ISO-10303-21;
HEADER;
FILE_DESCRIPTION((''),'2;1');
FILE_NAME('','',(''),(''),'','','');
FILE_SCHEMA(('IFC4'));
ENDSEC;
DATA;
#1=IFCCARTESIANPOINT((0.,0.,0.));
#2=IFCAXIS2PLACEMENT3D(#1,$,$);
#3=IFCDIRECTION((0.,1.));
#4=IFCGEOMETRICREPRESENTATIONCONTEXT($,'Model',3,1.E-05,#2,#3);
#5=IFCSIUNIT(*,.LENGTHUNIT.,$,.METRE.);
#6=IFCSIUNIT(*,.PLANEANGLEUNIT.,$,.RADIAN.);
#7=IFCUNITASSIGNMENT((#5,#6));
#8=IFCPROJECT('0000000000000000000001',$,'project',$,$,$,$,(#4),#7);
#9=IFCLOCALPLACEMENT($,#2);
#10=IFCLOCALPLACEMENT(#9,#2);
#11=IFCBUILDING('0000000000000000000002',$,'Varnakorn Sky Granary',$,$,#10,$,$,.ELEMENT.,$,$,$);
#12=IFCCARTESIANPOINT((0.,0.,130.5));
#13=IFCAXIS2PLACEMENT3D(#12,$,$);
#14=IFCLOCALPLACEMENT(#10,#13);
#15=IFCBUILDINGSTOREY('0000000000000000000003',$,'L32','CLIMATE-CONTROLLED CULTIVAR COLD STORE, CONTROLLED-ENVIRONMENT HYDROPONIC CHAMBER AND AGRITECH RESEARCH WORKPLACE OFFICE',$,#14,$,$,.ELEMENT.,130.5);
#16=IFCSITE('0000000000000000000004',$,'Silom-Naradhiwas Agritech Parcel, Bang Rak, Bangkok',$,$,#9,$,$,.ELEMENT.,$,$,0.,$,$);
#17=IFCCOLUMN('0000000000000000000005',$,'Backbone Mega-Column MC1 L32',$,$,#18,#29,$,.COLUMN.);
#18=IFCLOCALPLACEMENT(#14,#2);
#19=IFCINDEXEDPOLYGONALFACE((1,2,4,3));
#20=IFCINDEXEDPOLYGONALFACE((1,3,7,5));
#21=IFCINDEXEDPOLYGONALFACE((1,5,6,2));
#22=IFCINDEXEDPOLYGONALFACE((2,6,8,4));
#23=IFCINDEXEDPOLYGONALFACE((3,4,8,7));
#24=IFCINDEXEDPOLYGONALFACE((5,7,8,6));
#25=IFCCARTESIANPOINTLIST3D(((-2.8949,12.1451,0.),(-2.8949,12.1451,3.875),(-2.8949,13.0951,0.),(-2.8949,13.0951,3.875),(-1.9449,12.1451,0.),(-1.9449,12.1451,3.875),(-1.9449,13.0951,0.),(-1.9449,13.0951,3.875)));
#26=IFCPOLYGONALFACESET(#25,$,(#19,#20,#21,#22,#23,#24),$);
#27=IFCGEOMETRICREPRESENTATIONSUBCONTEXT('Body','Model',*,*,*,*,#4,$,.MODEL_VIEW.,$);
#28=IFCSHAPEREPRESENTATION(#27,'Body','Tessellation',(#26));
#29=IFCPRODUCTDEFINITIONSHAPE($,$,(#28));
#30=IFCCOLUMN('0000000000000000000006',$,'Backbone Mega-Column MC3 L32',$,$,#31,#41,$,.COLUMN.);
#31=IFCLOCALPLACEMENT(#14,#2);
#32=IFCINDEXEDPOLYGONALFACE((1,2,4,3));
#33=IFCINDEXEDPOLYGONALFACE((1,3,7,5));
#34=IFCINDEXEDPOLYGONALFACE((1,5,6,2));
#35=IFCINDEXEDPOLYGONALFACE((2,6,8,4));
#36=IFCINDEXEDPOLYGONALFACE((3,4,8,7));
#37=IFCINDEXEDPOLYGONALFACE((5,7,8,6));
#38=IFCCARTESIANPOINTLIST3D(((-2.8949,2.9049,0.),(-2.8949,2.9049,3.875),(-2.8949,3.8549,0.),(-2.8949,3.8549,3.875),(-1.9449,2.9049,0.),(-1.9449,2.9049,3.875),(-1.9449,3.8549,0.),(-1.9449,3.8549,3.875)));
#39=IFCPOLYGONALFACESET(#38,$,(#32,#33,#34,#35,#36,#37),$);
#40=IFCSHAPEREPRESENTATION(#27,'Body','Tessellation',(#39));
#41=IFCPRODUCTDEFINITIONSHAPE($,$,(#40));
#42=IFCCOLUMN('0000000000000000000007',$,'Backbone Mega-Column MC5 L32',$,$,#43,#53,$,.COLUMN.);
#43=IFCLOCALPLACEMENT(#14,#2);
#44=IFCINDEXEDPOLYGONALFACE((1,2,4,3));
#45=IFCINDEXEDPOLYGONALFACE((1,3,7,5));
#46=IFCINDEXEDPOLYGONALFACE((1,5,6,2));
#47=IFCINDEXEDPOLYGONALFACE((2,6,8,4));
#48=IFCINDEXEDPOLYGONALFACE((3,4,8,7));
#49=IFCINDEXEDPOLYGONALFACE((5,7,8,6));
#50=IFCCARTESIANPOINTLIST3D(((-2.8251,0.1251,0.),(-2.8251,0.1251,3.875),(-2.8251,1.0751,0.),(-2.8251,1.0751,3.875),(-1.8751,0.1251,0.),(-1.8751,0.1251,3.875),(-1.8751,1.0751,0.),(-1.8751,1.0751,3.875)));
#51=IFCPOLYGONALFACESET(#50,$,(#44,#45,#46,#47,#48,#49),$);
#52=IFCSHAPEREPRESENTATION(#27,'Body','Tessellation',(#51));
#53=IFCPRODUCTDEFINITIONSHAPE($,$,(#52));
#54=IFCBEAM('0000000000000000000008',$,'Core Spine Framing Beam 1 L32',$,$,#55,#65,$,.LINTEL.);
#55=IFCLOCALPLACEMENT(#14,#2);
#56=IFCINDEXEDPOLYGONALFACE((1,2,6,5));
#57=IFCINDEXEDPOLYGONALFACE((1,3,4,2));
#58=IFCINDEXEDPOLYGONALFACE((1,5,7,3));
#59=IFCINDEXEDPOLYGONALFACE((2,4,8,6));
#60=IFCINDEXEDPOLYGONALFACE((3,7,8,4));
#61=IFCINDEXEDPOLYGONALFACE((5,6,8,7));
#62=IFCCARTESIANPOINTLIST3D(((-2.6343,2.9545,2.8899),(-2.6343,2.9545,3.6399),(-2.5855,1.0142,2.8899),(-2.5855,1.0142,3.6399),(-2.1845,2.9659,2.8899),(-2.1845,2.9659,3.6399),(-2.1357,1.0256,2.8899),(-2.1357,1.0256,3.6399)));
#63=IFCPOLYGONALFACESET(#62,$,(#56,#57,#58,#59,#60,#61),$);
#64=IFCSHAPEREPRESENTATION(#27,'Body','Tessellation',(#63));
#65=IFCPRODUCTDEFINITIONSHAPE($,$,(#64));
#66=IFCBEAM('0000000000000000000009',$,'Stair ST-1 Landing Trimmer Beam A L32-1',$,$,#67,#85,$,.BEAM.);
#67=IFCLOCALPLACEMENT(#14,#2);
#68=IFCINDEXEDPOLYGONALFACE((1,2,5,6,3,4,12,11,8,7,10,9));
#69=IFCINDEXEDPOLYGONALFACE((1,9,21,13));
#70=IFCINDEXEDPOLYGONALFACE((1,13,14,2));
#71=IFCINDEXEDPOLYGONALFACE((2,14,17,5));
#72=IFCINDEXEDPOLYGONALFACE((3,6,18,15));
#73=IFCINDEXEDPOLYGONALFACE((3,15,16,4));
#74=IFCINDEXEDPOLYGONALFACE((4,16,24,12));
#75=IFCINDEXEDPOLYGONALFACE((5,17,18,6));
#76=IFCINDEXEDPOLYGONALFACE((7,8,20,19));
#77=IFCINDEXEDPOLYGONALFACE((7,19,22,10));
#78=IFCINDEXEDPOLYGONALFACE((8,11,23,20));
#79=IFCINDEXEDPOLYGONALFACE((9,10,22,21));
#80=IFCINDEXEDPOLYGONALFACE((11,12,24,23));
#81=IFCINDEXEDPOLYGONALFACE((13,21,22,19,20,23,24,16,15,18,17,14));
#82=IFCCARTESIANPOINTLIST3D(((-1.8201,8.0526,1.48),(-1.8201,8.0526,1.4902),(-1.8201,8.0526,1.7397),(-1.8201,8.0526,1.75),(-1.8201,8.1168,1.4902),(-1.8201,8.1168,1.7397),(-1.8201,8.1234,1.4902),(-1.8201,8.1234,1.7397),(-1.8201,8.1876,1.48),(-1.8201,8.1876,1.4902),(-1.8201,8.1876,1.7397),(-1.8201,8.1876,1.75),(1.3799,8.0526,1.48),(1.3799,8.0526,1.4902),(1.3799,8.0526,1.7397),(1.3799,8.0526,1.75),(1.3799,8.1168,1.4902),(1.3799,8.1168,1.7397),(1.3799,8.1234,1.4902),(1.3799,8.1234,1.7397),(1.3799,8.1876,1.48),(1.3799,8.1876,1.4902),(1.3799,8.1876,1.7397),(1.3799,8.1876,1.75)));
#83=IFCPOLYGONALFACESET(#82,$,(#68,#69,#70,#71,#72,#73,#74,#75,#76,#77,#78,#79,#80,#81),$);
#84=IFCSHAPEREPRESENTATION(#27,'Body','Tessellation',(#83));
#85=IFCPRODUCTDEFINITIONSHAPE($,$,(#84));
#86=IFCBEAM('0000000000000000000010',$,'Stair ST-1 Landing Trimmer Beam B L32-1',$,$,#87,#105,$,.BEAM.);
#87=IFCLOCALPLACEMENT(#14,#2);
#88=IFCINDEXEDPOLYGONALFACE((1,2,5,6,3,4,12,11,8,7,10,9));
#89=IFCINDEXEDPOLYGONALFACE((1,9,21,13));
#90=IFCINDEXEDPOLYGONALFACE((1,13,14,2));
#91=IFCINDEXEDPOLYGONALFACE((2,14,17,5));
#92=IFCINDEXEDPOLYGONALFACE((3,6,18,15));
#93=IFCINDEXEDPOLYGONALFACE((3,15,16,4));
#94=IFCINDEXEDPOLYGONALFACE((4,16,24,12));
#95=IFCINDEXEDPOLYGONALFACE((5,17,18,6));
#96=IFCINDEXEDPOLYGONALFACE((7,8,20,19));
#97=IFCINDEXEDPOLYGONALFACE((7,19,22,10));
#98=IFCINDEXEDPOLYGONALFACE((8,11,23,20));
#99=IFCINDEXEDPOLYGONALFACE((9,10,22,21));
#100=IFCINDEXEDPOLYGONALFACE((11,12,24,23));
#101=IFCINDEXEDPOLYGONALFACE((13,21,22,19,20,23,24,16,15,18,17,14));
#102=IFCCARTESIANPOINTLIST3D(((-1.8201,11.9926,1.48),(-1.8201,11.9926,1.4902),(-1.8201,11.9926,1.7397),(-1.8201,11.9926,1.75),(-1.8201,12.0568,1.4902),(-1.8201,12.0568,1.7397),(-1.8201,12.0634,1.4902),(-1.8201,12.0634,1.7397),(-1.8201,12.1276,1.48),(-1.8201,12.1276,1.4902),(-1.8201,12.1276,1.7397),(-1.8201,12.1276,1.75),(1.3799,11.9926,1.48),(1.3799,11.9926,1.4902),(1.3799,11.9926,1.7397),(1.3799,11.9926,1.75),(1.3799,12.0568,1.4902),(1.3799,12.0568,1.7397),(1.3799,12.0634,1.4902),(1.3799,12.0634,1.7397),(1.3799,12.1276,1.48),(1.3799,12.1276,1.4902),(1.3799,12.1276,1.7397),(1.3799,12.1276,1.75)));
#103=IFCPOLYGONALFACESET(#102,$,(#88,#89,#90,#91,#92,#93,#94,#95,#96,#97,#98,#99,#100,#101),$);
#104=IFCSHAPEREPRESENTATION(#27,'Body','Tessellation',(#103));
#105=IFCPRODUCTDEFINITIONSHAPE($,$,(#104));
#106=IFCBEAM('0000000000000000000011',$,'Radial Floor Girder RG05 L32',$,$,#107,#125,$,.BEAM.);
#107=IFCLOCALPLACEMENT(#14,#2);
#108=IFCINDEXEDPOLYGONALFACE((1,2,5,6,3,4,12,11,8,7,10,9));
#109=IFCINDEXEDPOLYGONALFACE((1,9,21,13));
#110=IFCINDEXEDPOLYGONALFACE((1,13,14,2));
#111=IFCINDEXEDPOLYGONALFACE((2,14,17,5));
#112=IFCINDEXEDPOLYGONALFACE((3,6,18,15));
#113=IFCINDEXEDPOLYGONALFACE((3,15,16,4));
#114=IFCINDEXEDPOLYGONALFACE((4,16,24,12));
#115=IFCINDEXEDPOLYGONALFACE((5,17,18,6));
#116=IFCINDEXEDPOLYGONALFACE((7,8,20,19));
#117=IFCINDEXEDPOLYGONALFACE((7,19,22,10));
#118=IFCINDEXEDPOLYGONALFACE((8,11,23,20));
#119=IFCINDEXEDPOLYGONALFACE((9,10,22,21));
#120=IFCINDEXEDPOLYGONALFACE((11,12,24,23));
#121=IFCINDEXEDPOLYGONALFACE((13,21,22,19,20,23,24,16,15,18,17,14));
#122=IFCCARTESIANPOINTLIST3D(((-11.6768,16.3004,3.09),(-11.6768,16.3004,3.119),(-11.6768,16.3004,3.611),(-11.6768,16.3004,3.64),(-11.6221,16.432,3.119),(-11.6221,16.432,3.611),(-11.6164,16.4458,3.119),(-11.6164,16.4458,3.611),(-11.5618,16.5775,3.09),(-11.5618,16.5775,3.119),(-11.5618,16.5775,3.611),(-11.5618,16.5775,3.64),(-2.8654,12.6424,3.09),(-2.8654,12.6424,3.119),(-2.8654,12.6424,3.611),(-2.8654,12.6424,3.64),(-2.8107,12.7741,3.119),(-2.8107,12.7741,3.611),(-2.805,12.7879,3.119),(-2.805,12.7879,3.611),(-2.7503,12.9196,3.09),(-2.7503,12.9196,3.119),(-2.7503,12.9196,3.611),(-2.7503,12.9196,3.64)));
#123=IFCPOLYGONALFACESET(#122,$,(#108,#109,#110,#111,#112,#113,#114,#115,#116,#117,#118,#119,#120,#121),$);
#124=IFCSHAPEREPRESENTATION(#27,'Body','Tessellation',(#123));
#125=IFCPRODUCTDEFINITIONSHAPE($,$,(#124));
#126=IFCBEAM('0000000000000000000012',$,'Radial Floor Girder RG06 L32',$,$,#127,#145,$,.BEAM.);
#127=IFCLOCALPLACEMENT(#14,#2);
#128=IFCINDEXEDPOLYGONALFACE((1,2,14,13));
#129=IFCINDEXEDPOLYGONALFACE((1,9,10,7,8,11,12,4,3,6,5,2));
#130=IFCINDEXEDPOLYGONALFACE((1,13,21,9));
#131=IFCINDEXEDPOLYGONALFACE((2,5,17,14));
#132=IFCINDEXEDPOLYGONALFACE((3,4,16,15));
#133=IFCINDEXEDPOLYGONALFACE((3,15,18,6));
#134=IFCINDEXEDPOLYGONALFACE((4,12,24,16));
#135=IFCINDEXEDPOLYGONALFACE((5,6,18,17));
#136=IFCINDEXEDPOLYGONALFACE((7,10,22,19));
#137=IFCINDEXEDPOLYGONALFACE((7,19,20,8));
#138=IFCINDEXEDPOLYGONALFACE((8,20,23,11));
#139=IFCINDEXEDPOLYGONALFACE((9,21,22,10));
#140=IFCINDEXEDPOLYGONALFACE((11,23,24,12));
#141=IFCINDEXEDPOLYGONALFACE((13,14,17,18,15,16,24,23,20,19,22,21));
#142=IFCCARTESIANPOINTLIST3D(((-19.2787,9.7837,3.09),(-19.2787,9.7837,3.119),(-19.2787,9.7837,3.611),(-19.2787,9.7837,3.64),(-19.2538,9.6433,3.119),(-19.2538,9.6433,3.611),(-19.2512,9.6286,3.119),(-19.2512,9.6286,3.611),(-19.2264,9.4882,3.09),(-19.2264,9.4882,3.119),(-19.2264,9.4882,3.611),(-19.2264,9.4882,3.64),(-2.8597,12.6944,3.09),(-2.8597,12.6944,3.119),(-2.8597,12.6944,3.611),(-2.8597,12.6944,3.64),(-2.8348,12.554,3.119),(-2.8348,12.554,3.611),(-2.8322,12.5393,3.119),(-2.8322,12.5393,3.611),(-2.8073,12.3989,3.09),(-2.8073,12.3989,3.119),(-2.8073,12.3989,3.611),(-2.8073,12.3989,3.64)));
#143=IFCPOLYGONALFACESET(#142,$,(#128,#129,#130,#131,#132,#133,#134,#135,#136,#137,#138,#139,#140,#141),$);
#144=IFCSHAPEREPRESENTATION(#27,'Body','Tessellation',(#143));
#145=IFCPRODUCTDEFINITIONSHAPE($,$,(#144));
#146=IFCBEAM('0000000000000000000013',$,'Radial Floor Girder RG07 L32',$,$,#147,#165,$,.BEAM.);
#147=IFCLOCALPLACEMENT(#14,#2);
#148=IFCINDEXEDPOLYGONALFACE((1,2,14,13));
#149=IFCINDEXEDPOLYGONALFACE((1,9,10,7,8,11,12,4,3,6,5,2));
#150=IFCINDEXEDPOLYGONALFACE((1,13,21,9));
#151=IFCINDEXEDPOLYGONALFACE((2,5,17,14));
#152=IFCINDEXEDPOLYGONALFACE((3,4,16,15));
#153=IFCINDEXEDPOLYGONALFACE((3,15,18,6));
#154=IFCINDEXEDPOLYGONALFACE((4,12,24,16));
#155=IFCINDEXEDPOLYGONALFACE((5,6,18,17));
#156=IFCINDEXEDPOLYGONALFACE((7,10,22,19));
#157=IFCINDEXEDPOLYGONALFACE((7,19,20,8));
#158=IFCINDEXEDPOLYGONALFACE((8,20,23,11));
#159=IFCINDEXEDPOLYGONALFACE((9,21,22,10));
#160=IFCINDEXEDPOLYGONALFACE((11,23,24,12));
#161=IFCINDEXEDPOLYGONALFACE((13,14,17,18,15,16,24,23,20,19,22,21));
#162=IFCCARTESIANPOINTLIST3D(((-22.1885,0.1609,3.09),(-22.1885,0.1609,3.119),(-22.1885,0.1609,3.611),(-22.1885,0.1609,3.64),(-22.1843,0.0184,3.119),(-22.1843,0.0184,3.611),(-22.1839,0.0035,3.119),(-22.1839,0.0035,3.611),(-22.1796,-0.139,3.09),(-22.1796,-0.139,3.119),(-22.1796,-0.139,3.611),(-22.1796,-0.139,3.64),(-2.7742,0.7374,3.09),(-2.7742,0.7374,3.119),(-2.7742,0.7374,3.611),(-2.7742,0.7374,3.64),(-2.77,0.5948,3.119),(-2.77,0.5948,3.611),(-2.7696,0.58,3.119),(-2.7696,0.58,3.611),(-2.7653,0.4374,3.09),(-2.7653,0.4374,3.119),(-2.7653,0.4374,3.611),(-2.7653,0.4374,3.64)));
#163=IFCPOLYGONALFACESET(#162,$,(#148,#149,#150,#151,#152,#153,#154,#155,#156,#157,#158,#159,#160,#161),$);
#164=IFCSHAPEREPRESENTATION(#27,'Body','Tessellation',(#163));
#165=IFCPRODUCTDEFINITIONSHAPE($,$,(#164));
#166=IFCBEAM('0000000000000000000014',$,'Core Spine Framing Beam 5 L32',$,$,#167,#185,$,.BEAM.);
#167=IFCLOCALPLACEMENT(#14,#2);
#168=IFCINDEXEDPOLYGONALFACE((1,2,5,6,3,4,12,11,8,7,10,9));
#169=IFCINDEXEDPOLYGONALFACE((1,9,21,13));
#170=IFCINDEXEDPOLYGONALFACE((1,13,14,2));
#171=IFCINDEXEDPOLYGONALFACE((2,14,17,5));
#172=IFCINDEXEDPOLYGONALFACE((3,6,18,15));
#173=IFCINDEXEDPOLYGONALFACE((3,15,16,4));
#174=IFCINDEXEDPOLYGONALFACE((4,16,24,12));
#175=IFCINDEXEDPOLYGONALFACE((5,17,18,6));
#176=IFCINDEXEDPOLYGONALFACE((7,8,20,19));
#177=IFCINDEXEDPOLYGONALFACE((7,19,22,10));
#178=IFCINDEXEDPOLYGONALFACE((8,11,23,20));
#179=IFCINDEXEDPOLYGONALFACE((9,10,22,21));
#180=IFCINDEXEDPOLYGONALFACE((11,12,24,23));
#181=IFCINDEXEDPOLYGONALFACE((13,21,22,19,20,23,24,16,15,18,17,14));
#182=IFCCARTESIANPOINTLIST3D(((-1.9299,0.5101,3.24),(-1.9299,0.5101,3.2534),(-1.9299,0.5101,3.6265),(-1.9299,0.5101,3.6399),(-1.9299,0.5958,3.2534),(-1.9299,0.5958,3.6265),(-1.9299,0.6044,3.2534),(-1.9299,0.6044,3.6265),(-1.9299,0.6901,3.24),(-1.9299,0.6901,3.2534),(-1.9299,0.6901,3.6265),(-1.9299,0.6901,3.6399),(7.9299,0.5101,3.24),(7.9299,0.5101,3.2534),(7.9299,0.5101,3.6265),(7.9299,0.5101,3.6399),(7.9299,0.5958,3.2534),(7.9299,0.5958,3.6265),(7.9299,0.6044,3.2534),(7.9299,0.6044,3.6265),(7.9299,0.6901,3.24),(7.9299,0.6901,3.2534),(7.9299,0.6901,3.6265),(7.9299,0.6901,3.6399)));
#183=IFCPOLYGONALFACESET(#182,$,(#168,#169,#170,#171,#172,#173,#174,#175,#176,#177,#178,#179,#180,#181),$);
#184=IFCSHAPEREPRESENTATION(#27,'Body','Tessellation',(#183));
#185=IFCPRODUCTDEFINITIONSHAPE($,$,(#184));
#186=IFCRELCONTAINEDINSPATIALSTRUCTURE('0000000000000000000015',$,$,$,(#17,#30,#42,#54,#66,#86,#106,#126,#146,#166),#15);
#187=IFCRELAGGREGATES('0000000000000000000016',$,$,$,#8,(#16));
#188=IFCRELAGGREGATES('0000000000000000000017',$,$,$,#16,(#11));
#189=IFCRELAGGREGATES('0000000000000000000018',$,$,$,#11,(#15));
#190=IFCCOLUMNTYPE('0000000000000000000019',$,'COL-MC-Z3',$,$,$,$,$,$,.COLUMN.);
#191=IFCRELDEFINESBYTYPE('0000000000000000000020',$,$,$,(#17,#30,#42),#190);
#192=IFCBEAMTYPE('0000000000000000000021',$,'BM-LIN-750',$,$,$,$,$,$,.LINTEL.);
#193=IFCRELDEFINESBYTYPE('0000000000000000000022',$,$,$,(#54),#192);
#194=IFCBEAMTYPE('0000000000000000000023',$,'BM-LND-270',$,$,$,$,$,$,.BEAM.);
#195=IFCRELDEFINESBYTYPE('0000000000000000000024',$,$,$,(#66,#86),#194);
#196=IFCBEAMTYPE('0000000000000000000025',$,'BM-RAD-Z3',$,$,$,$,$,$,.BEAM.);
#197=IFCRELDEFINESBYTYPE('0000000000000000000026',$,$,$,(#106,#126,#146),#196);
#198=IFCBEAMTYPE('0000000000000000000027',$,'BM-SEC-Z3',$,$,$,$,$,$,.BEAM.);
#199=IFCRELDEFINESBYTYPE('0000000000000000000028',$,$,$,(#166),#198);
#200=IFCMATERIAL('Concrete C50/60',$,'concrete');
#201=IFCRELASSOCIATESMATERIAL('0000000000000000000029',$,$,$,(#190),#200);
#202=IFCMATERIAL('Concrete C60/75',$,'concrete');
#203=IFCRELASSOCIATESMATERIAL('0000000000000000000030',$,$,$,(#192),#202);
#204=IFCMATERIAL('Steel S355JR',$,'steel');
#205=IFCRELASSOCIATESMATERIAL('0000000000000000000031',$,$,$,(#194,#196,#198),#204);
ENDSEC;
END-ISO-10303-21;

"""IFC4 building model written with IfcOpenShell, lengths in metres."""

from ifc_helpers import new_model, si_unit, direction, frame, origin, origin_2d, place, context, subcontext, project, spatial, rectangle, i_section, extrude, material, material_profile, profile_set, type_object, element, save


model = new_model("IFC4")

# Units and contexts
model_context = context("Model", 3, precision=1e-05, world=origin(), true_north=direction((0.0, 1.0)))
body_context = subcontext(model_context, "Body", "Model", "MODEL_VIEW")
ifc_project = project(units=[si_unit("LENGTHUNIT", "METRE"), si_unit("PLANEANGLEUNIT", "RADIAN")], contexts=[model_context])

# Site, building, storey
site_placement = place(None, origin())
site = spatial("IfcSite", under=ifc_project, at=site_placement, Name="Silom-Naradhiwas Agritech Parcel, Bang Rak, Bangkok", CompositionType="ELEMENT", RefElevation=0.0)
building_placement = place(site_placement, origin())
building = spatial("IfcBuilding", under=site, at=building_placement, Name="Varnakorn Sky Granary", CompositionType="ELEMENT")
storey_placement = place(building_placement, frame((0.0, 0.0, 130.5)))
storey = spatial("IfcBuildingStorey", under=building, at=storey_placement, Name="L32", Description="CLIMATE-CONTROLLED CULTIVAR COLD STORE, CONTROLLED-ENVIRONMENT HYDROPONIC CHAMBER AND AGRITECH RESEARCH WORKPLACE OFFICE", CompositionType="ELEMENT", Elevation=130.5)

# Columns
ifc_material_1 = material(Name="Concrete C50/60", Category="concrete")
ifc_material_profile_1 = material_profile(ifc_material_1, rectangle(XDim=0.95, YDim=0.95, at=origin_2d()), Name="RC 950x950")
ifc_profile_set_1 = profile_set([ifc_material_profile_1], Name="Concrete C50/60")
column_type = type_object("IfcColumnType", Name="COL-MC-Z3", PredefinedType="COLUMN", material=ifc_profile_set_1)
for number, where, z_axis, x_axis, name in (
    (1, (-2.4199, 12.6201, 0.0), (0.0, 0.0, 1.0), (1.0, 0.0, 0.0), "Backbone Mega-Column MC1 L32"),
    (2, (-2.4199, 3.3799, 0.0), (0.0, 0.0, 1.0), (1.0, 0.0, 0.0), "Backbone Mega-Column MC3 L32"),
    (3, (-2.3501, 0.6001, 0.0), (0.0, 0.0, 1.0), (1.0, 0.0, 0.0), "Backbone Mega-Column MC5 L32"),
):
    element("IfcColumn", number, at=place(storey_placement, frame(where, z_axis=z_axis, x_axis=x_axis)), inside=storey, type_object=column_type, Name=name, PredefinedType="COLUMN", context=body_context, shape_type="SweptSolid", body=[
        extrude(rectangle(XDim=0.95, YDim=0.95, at=origin_2d()), origin(), (0.0, 0.0, 1.0), 3.875),
    ])

# Beams
ifc_material_2 = material(Name="Concrete C60/75", Category="concrete")
ifc_material_profile_2 = material_profile(ifc_material_2, rectangle(XDim=0.45, YDim=0.75, at=origin_2d()), Name="RC 450x750")
ifc_profile_set_2 = profile_set([ifc_material_profile_2], Name="Concrete C60/75")
beam_type_1 = type_object("IfcBeamType", Name="BM-LIN-750", PredefinedType="LINTEL", material=ifc_profile_set_2)
beam_1_placement = place(storey_placement, frame((-2.4094, 2.9602, 3.2649), z_axis=(0.025159, -0.999683, 0.0), x_axis=(0.999683, 0.025159, 0.0)))
element("IfcBeam", 4, at=beam_1_placement, inside=storey, type_object=beam_type_1, Name="Core Spine Framing Beam 1 L32", PredefinedType="LINTEL", context=body_context, shape_type="SweptSolid", body=[
    extrude(rectangle(XDim=0.45, YDim=0.75, at=origin_2d()), origin(), (0.0, 0.0, 1.0), 1.9409),
])
ifc_material_3 = material(Name="Steel S355JR", Category="steel")
ifc_material_profile_3 = material_profile(ifc_material_3, i_section(OverallWidth=0.135, OverallDepth=0.27, WebThickness=0.0066, FlangeThickness=0.0103, at=origin_2d()), Name="IPE 270")
ifc_profile_set_3 = profile_set([ifc_material_profile_3], Name="Steel S355JR")
beam_type_2 = type_object("IfcBeamType", Name="BM-LND-270", PredefinedType="BEAM", material=ifc_profile_set_3)
for number, where, z_axis, x_axis, name in (
    (5, (-1.8201, 8.1201, 1.615), (1.0, 0.0, 0.0), (0.0, 1.0, 0.0), "Stair ST-1 Landing Trimmer Beam A L32-1"),
    (6, (-1.8201, 12.0601, 1.615), (1.0, 0.0, 0.0), (0.0, 1.0, 0.0), "Stair ST-1 Landing Trimmer Beam B L32-1"),
):
    element("IfcBeam", number, at=place(storey_placement, frame(where, z_axis=z_axis, x_axis=x_axis)), inside=storey, type_object=beam_type_2, Name=name, PredefinedType="BEAM", context=body_context, shape_type="SweptSolid", body=[
        extrude(i_section(OverallWidth=0.135, OverallDepth=0.27, WebThickness=0.0066, FlangeThickness=0.0103, at=origin_2d()), origin(), (0.0, 0.0, 1.0), 3.2),
    ])
ifc_material_profile_4 = material_profile(ifc_material_3, i_section(OverallWidth=0.3, OverallDepth=0.55, WebThickness=0.0149, FlangeThickness=0.0291, at=origin_2d()), Name="HE 550 B")
ifc_profile_set_4 = profile_set([ifc_material_profile_4], Name="Steel S355JR")
beam_type_3 = type_object("IfcBeamType", Name="BM-RAD-Z3", PredefinedType="BEAM", material=ifc_profile_set_4)
beam_2_placement = place(storey_placement, frame((-2.8079, 12.781, 3.365), z_axis=(-0.923579, 0.383409, 0.0), x_axis=(-0.383409, -0.923579, 0.0)))
element("IfcBeam", 7, at=beam_2_placement, inside=storey, type_object=beam_type_3, Name="Radial Floor Girder RG05 L32", PredefinedType="BEAM", context=body_context, shape_type="SweptSolid", body=[
    extrude(i_section(OverallWidth=0.3, OverallDepth=0.55, WebThickness=0.0149, FlangeThickness=0.0291, at=origin_2d()), origin(), (0.0, 0.0, 1.0), 9.5405),
])
beam_3_placement = place(storey_placement, frame((-2.8335, 12.5466, 3.365), z_axis=(-0.984648, -0.174552, 0.0), x_axis=(0.174552, -0.984648, 0.0)))
element("IfcBeam", 8, at=beam_3_placement, inside=storey, type_object=beam_type_3, Name="Radial Floor Girder RG06 L32", PredefinedType="BEAM", context=body_context, shape_type="SweptSolid", body=[
    extrude(i_section(OverallWidth=0.3, OverallDepth=0.55, WebThickness=0.0149, FlangeThickness=0.0291, at=origin_2d()), origin(), (0.0, 0.0, 1.0), 16.675),
])
beam_4_placement = place(storey_placement, frame((-2.7698, 0.5874, 3.365), z_axis=(-0.99956, -0.029677, 0.0), x_axis=(0.029677, -0.99956, 0.0)))
element("IfcBeam", 9, at=beam_4_placement, inside=storey, type_object=beam_type_3, Name="Radial Floor Girder RG07 L32", PredefinedType="BEAM", context=body_context, shape_type="SweptSolid", body=[
    extrude(i_section(OverallWidth=0.3, OverallDepth=0.55, WebThickness=0.0149, FlangeThickness=0.0291, at=origin_2d()), origin(), (0.0, 0.0, 1.0), 19.4229),
])
ifc_material_profile_5 = material_profile(ifc_material_3, i_section(OverallWidth=0.1799, OverallDepth=0.3999, WebThickness=0.0085, FlangeThickness=0.0134, at=origin_2d()), Name="IPE 400")
ifc_profile_set_5 = profile_set([ifc_material_profile_5], Name="Steel S355JR")
beam_type_4 = type_object("IfcBeamType", Name="BM-SEC-Z3", PredefinedType="BEAM", material=ifc_profile_set_5)
beam_5_placement = place(storey_placement, frame((-1.9299, 0.6001, 3.4399), z_axis=(1.0, 0.0, 0.0), x_axis=(0.0, 1.0, 0.0)))
element("IfcBeam", 10, at=beam_5_placement, inside=storey, type_object=beam_type_4, Name="Core Spine Framing Beam 5 L32", PredefinedType="BEAM", context=body_context, shape_type="SweptSolid", body=[
    extrude(i_section(OverallWidth=0.1799, OverallDepth=0.3999, WebThickness=0.0085, FlangeThickness=0.0134, at=origin_2d()), origin(), (0.0, 0.0, 1.0), 9.8599),
])

save(model, "model.ifc")
